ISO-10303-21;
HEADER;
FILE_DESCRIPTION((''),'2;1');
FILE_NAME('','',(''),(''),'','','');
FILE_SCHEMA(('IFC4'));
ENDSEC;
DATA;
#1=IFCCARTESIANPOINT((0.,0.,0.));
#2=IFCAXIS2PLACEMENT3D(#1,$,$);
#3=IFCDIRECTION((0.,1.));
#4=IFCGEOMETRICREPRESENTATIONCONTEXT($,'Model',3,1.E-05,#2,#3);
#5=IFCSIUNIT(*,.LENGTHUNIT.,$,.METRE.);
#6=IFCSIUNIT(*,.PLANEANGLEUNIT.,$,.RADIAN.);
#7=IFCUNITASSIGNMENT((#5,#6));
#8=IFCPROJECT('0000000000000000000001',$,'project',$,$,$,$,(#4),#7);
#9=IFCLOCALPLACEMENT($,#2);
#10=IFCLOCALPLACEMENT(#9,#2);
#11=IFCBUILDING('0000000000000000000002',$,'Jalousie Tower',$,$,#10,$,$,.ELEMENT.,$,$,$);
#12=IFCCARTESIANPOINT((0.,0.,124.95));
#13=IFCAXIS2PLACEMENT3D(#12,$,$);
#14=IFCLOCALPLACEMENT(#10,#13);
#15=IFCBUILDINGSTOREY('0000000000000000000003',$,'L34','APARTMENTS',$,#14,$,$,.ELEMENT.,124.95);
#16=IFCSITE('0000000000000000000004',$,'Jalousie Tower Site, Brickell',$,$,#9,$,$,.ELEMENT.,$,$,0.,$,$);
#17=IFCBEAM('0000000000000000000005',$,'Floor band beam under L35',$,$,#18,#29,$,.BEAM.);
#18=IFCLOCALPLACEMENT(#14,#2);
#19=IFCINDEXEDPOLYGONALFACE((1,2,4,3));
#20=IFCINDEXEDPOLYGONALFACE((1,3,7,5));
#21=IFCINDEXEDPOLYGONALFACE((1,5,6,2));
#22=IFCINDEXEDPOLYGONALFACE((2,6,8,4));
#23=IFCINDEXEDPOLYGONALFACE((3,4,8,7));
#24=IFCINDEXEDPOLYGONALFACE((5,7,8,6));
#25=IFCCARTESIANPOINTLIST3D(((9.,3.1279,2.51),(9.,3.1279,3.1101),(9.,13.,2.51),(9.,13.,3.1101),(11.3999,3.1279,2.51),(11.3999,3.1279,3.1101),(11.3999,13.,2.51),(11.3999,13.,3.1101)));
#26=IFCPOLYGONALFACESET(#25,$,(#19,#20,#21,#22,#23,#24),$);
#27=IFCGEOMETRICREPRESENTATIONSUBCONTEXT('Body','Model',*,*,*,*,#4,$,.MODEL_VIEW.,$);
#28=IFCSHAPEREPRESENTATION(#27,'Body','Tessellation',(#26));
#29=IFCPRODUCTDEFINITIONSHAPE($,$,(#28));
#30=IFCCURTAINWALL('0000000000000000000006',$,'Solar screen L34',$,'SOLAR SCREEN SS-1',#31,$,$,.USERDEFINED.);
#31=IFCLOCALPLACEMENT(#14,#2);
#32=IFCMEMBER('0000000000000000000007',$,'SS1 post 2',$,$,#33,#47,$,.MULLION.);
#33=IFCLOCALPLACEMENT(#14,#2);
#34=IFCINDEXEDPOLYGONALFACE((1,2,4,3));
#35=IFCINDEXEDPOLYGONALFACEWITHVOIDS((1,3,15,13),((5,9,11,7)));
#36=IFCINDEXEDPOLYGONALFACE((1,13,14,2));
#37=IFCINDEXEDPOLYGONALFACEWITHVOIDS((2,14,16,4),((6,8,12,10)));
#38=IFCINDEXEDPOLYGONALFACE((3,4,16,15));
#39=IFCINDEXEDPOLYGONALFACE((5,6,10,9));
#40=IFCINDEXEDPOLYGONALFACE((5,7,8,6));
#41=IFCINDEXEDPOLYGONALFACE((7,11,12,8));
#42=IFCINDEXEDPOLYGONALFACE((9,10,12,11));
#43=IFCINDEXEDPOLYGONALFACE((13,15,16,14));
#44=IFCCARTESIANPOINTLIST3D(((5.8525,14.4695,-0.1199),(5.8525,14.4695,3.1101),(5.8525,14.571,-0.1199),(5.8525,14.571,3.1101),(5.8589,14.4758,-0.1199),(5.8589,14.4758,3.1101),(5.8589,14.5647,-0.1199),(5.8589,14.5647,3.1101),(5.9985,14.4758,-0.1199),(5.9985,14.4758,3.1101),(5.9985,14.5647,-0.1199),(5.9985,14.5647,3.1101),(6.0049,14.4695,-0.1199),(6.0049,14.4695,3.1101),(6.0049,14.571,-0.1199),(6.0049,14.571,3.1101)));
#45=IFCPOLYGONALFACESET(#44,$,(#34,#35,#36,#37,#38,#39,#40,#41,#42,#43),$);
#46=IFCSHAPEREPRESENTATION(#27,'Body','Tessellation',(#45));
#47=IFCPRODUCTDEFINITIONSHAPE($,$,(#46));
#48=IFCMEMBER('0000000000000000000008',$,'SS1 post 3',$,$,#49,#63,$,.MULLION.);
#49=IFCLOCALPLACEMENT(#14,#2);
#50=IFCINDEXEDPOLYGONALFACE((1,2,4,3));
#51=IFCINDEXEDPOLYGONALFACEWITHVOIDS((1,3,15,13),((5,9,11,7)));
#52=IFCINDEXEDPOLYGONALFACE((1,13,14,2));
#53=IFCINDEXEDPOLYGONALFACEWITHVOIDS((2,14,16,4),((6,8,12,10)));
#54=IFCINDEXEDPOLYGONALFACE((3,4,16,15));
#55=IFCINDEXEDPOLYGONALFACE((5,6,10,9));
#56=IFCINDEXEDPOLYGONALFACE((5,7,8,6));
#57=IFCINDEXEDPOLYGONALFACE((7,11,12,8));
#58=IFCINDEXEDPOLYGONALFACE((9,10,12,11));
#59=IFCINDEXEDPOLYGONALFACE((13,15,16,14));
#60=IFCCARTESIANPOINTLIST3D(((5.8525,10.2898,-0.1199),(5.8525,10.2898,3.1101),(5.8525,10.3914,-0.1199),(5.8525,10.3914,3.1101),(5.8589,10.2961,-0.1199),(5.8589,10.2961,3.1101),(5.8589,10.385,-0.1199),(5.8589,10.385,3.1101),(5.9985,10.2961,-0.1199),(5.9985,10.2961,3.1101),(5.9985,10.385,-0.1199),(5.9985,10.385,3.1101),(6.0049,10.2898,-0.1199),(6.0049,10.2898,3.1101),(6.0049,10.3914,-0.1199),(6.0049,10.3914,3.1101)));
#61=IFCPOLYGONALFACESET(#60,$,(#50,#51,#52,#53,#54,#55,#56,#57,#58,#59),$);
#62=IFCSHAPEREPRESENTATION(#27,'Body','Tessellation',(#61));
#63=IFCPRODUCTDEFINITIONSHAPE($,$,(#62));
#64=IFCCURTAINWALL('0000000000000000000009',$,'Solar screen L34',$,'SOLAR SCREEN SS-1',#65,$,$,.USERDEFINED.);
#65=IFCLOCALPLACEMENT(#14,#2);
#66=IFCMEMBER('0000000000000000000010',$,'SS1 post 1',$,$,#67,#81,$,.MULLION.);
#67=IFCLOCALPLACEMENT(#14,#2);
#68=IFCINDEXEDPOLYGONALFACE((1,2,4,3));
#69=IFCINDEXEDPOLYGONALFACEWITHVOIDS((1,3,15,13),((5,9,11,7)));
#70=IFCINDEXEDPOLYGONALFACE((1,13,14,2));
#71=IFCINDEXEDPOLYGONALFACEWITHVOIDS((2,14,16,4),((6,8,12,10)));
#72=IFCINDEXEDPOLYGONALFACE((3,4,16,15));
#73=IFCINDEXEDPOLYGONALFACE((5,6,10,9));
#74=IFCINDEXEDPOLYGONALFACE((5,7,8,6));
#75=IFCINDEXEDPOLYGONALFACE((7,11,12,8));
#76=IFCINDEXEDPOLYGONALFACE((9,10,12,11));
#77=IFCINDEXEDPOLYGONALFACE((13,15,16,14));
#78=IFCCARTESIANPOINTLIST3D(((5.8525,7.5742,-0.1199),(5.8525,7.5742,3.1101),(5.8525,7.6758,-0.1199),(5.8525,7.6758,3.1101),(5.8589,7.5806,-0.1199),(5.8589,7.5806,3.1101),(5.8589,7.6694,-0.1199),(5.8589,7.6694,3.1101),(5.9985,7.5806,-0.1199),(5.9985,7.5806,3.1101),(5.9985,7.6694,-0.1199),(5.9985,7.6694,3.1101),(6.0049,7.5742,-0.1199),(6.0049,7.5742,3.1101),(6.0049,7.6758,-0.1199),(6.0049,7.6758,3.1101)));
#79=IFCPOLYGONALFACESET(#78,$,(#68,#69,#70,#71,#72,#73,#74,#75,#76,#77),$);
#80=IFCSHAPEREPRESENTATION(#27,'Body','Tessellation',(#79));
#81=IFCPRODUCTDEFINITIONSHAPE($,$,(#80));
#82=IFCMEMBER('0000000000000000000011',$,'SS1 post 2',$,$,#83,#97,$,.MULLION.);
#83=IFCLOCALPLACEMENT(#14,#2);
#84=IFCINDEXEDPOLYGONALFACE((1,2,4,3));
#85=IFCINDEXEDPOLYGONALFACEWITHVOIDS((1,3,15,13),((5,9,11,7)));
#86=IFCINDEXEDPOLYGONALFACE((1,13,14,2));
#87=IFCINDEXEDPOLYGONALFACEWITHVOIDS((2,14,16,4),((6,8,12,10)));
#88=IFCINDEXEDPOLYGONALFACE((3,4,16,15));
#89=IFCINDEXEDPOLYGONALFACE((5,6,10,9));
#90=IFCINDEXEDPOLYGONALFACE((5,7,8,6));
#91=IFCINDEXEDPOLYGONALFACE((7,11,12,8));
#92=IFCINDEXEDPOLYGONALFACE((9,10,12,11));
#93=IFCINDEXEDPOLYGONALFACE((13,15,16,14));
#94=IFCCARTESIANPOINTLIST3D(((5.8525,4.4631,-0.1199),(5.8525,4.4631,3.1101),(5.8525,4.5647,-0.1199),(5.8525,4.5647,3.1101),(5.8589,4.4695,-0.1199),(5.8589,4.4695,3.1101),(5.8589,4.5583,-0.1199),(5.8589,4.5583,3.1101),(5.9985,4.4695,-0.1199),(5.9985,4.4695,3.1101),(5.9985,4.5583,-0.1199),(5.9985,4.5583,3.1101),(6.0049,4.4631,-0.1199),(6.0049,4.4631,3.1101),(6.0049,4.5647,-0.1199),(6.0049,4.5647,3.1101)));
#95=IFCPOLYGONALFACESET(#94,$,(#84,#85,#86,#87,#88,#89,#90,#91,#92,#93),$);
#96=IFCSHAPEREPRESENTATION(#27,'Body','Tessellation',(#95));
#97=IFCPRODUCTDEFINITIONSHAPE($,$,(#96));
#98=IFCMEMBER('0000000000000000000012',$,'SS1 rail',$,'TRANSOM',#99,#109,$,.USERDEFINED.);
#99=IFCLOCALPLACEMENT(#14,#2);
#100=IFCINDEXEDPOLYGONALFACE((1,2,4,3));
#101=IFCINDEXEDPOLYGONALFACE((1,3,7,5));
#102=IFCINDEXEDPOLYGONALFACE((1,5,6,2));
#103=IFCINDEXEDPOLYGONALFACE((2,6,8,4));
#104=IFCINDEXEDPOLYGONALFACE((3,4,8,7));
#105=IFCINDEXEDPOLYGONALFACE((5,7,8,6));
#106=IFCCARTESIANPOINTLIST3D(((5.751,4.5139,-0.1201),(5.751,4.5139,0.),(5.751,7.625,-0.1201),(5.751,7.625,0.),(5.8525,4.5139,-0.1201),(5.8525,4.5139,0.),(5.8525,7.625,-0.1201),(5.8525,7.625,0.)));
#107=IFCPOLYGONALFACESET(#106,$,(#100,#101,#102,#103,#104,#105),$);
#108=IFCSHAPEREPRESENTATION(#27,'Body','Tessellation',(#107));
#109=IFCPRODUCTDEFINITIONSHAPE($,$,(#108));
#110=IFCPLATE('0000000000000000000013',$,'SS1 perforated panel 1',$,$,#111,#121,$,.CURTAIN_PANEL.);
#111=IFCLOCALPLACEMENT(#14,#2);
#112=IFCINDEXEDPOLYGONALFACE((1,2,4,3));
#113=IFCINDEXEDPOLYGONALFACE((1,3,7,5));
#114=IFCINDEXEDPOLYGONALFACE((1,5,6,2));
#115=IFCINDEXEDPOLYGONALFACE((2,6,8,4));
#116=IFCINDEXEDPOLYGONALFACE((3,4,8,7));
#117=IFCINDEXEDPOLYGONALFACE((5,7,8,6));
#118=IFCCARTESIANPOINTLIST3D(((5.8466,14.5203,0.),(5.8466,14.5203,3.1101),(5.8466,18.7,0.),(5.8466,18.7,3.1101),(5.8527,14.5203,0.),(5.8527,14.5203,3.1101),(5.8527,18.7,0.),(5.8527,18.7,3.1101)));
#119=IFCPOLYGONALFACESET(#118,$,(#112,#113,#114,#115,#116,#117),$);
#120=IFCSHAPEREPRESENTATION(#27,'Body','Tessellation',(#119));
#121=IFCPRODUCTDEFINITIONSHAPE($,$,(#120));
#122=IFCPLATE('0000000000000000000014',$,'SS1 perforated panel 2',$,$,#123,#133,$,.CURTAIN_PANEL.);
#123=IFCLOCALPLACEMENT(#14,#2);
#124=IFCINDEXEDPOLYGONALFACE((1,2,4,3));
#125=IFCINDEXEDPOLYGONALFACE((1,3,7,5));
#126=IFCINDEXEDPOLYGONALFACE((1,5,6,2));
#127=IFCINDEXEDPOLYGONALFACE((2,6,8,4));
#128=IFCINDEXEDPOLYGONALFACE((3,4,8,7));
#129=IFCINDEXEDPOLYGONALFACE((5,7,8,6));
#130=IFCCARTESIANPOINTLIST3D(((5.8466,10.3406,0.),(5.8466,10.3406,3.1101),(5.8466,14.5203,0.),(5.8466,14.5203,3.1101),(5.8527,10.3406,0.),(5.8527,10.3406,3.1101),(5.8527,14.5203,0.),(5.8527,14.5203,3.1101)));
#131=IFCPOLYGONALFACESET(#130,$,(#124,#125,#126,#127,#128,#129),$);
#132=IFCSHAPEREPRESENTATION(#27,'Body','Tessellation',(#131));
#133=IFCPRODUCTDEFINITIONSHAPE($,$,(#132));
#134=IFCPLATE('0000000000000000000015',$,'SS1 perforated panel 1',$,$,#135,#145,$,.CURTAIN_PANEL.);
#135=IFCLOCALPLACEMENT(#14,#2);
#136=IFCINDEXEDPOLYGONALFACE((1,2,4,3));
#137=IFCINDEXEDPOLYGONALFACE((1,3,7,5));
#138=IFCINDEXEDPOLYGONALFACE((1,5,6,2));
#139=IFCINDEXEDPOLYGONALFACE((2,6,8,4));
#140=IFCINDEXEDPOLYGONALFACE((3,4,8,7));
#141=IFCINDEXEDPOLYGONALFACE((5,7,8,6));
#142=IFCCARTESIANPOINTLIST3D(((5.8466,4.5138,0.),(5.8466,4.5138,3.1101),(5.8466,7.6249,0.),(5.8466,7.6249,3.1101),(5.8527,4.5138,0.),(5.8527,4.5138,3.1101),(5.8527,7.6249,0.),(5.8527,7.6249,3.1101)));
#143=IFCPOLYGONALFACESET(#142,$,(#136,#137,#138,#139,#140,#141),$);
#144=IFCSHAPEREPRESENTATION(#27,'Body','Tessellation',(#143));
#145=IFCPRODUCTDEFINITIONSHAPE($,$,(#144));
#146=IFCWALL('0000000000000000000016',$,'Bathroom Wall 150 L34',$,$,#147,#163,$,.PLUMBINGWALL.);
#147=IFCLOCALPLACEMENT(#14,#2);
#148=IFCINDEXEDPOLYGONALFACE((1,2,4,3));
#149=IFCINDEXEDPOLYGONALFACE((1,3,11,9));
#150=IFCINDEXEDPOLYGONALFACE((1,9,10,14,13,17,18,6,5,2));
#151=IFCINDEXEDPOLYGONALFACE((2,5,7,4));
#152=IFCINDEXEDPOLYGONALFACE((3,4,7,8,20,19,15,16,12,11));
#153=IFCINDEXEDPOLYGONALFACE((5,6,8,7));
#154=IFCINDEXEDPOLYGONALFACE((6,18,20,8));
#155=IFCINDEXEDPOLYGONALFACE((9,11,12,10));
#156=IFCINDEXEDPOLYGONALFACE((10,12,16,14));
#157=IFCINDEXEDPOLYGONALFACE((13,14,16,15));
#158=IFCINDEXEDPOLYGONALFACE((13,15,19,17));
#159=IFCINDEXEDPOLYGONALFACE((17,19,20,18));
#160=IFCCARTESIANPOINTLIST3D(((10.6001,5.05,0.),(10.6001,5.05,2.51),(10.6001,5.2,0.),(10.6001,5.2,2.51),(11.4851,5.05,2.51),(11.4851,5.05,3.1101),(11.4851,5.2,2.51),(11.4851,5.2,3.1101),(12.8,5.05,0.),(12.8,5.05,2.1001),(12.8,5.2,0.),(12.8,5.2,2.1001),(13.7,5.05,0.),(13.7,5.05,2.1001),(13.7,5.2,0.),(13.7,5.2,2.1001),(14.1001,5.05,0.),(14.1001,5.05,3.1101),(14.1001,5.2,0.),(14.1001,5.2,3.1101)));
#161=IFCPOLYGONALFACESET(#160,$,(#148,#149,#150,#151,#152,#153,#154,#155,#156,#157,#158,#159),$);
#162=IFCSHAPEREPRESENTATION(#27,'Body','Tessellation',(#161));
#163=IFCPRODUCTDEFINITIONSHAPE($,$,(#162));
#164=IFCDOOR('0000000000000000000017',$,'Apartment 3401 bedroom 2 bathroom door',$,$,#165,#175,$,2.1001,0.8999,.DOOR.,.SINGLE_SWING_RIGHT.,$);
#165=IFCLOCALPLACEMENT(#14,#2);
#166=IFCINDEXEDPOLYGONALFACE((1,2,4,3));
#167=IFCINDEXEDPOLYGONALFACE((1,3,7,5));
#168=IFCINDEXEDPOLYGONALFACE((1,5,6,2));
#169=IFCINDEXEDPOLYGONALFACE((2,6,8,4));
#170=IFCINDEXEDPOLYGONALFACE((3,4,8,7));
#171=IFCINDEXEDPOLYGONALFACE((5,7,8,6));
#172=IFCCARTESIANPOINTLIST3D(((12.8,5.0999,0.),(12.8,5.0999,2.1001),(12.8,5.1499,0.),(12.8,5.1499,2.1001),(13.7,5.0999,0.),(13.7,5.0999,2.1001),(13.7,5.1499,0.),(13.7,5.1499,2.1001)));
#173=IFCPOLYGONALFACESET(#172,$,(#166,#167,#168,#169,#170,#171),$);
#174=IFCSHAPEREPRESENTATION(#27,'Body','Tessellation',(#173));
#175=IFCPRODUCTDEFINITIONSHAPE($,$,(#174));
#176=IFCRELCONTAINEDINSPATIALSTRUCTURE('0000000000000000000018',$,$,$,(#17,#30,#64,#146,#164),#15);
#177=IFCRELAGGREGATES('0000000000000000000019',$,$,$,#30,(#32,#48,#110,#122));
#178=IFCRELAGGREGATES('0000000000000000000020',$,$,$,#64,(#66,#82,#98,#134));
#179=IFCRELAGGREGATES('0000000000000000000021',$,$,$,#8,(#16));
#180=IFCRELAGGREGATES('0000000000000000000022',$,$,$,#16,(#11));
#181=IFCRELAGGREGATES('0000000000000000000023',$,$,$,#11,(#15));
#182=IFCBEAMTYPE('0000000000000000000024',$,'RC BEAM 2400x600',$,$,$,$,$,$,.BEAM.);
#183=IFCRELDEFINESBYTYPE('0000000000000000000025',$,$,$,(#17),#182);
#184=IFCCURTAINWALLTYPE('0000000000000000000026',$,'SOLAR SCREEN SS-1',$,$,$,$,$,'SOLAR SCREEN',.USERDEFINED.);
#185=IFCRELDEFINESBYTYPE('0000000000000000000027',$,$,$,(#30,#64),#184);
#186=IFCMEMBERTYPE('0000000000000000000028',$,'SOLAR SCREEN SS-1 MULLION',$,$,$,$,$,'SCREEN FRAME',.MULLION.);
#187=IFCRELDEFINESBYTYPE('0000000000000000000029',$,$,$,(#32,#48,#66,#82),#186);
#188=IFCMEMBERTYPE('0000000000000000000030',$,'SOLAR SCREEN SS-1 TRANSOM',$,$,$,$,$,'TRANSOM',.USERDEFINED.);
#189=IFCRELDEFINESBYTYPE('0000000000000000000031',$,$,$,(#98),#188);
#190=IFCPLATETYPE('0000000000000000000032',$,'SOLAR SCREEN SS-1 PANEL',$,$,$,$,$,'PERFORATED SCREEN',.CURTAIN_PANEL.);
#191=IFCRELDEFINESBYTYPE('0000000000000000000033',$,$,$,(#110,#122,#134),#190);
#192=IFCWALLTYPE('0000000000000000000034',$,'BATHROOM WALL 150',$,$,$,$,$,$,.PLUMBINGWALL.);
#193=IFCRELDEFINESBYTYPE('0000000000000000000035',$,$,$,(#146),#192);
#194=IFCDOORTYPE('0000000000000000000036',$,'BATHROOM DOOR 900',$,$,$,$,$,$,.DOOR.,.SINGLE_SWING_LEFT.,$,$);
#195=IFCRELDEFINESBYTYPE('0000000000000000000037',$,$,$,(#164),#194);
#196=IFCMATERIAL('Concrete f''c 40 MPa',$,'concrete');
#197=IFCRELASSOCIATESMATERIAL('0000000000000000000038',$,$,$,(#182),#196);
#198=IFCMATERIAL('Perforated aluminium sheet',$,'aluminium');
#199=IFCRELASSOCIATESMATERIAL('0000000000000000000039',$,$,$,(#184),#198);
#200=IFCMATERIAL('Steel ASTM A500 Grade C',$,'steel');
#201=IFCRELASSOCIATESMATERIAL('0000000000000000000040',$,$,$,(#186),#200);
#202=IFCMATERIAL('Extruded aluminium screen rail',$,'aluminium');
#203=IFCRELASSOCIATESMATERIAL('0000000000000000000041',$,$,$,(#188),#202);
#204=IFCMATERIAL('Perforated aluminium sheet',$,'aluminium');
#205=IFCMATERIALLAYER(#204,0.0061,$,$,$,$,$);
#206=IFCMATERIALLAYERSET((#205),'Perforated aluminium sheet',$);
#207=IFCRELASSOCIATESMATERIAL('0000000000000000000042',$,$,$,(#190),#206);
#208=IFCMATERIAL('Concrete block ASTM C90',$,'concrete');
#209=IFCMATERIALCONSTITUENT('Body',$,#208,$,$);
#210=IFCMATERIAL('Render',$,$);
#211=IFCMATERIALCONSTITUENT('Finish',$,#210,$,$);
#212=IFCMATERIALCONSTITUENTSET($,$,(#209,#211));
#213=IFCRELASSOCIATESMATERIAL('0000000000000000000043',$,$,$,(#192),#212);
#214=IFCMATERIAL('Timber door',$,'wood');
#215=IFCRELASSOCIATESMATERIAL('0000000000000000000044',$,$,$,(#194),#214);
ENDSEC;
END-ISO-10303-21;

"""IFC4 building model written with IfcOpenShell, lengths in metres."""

from ifc_helpers import new_model, si_unit, direction, frame, frame_2d, origin, origin_2d, place, context, subcontext, project, spatial, polyline, rectangle, hollow_rectangle, outline, extrude, material, layer, layer_set, constituent, constituent_set, material_profile, profile_set, type_object, element, fill, aggregate, save


model = new_model("IFC4")

# Units and contexts
model_context = context("Model", 3, precision=1e-05, world=origin(), true_north=direction((0.0, 1.0)))
body_context = subcontext(model_context, "Body", "Model", "MODEL_VIEW")
ifc_project = project(units=[si_unit("LENGTHUNIT", "METRE"), si_unit("PLANEANGLEUNIT", "RADIAN")], contexts=[model_context])

# Site, building, storey
site_placement = place(None, origin())
site = spatial("IfcSite", under=ifc_project, at=site_placement, Name="Jalousie Tower Site, Brickell", CompositionType="ELEMENT", RefElevation=0.0)
building_placement = place(site_placement, origin())
building = spatial("IfcBuilding", under=site, at=building_placement, Name="Jalousie Tower", CompositionType="ELEMENT")
storey_placement = place(building_placement, frame((0.0, 0.0, 124.95)))
storey = spatial("IfcBuildingStorey", under=building, at=storey_placement, Name="L34", Description="APARTMENTS", CompositionType="ELEMENT", Elevation=124.95)

# Beam
ifc_material_1 = material(Name="Concrete f'c 40 MPa", Category="concrete")
ifc_material_profile_1 = material_profile(ifc_material_1, rectangle(XDim=2.3999, YDim=0.6001, at=origin_2d()), Name="RC 2400x600")
ifc_profile_set_1 = profile_set([ifc_material_profile_1], Name="Concrete f'c 40 MPa")
beam_type_1 = type_object("IfcBeamType", Name="RC BEAM 2400x600", PredefinedType="BEAM", material=ifc_profile_set_1)
beam_1_placement = place(storey_placement, frame((10.2, 13.0, 2.8101), z_axis=(0.0, -1.0, 0.0), x_axis=(1.0, 0.0, 0.0)))
element("IfcBeam", 1, at=beam_1_placement, inside=storey, type_object=beam_type_1, Name="Floor band beam under L35", PredefinedType="BEAM", context=body_context, shape_type="SweptSolid", body=[
    extrude(rectangle(XDim=2.3999, YDim=0.6001, at=origin_2d()), origin(), (0.0, 0.0, 1.0), 9.8721),
])

# Curtain walls, members
ifc_material_2 = material(Name="Perforated aluminium sheet", Category="aluminium")
curtain_wall_type = type_object("IfcCurtainWallType", Name="SOLAR SCREEN SS-1", ElementType="SOLAR SCREEN", PredefinedType="USERDEFINED", material=ifc_material_2)
curtain_wall_1_placement = place(storey_placement, origin())
curtain_wall_1 = element("IfcCurtainWall", 2, at=curtain_wall_1_placement, inside=storey, type_object=curtain_wall_type, Name="Solar screen L34", ObjectType="SOLAR SCREEN SS-1", PredefinedType="USERDEFINED")
ifc_material_3 = material(Name="Steel ASTM A500 Grade C", Category="steel")
ifc_material_profile_2 = material_profile(ifc_material_3, hollow_rectangle(XDim=0.1016, YDim=0.1523, WallThickness=0.0063, at=origin_2d()), Name="HSS6X4X1/4")
ifc_profile_set_2 = profile_set([ifc_material_profile_2], Name="Steel ASTM A500 Grade C")
member_type_1 = type_object("IfcMemberType", Name="SOLAR SCREEN SS-1 MULLION", ElementType="SCREEN FRAME", PredefinedType="MULLION", material=ifc_profile_set_2)
member_1_placement = place(storey_placement, frame((5.9287, 14.5203, -0.1199), z_axis=(0.0, 0.0, 1.0), x_axis=(0.0, -1.0, 0.0)))
member_1 = element("IfcMember", 3, at=member_1_placement, type_object=member_type_1, Name="SS1 post 2", PredefinedType="MULLION", context=body_context, shape_type="SweptSolid", body=[
    extrude(hollow_rectangle(XDim=0.1016, YDim=0.1523, WallThickness=0.0063, at=origin_2d()), origin(), (0.0, 0.0, 1.0), 3.23),
])
member_2_placement = place(storey_placement, frame((5.9287, 10.3406, -0.1199), z_axis=(0.0, 0.0, 1.0), x_axis=(0.0, -1.0, 0.0)))
member_2 = element("IfcMember", 4, at=member_2_placement, type_object=member_type_1, Name="SS1 post 3", PredefinedType="MULLION", context=body_context, shape_type="SweptSolid", body=[
    extrude(hollow_rectangle(XDim=0.1016, YDim=0.1523, WallThickness=0.0063, at=origin_2d()), origin(), (0.0, 0.0, 1.0), 3.23),
])
curtain_wall_2_placement = place(storey_placement, origin())
curtain_wall_2 = element("IfcCurtainWall", 5, at=curtain_wall_2_placement, inside=storey, type_object=curtain_wall_type, Name="Solar screen L34", ObjectType="SOLAR SCREEN SS-1", PredefinedType="USERDEFINED")
member_3_placement = place(storey_placement, frame((5.9287, 7.625, -0.1199), z_axis=(0.0, 0.0, 1.0), x_axis=(0.0, -1.0, 0.0)))
member_3 = element("IfcMember", 6, at=member_3_placement, type_object=member_type_1, Name="SS1 post 1", PredefinedType="MULLION", context=body_context, shape_type="SweptSolid", body=[
    extrude(hollow_rectangle(XDim=0.1016, YDim=0.1523, WallThickness=0.0063, at=origin_2d()), origin(), (0.0, 0.0, 1.0), 3.23),
])
member_4_placement = place(storey_placement, frame((5.9287, 4.5139, -0.1199), z_axis=(0.0, 0.0, 1.0), x_axis=(0.0, -1.0, 0.0)))
member_4 = element("IfcMember", 7, at=member_4_placement, type_object=member_type_1, Name="SS1 post 2", PredefinedType="MULLION", context=body_context, shape_type="SweptSolid", body=[
    extrude(hollow_rectangle(XDim=0.1016, YDim=0.1523, WallThickness=0.0063, at=origin_2d()), origin(), (0.0, 0.0, 1.0), 3.23),
])
ifc_material_4 = material(Name="Extruded aluminium screen rail", Category="aluminium")
ifc_material_profile_3 = material_profile(ifc_material_4, rectangle(XDim=0.1016, YDim=0.1201, at=origin_2d()), Name="RAIL 102x120")
ifc_profile_set_3 = profile_set([ifc_material_profile_3], Name="Extruded aluminium screen rail")
member_type_2 = type_object("IfcMemberType", Name="SOLAR SCREEN SS-1 TRANSOM", ElementType="TRANSOM", PredefinedType="USERDEFINED", material=ifc_profile_set_3)
member_5_placement = place(storey_placement, frame((5.8018, 7.625, -0.0601), z_axis=(0.0, -1.0, 0.0), x_axis=(1.0, 0.0, 0.0)))
member_5 = element("IfcMember", 8, at=member_5_placement, type_object=member_type_2, Name="SS1 rail", ObjectType="TRANSOM", PredefinedType="USERDEFINED", context=body_context, shape_type="SweptSolid", body=[
    extrude(rectangle(XDim=0.1016, YDim=0.1201, at=origin_2d()), origin(), (0.0, 0.0, 1.0), 3.1111),
])

# Plates
ifc_material_5 = material(Name="Perforated aluminium sheet", Category="aluminium")
ifc_layer_1 = layer(ifc_material_5, 0.0061)
ifc_layer_set_1 = layer_set([ifc_layer_1], Name="Perforated aluminium sheet")
plate_type = type_object("IfcPlateType", Name="SOLAR SCREEN SS-1 PANEL", ElementType="PERFORATED SCREEN", PredefinedType="CURTAIN_PANEL", material=ifc_layer_set_1)
plate_1_placement = place(storey_placement, frame((5.8496, 16.6101, 0.0), z_axis=(0.0, 0.0, 1.0), x_axis=(0.0, -1.0, 0.0)))
plate_1 = element("IfcPlate", 9, at=plate_1_placement, type_object=plate_type, Name="SS1 perforated panel 1", PredefinedType="CURTAIN_PANEL", context=body_context, shape_type="SweptSolid", body=[
    extrude(rectangle(XDim=4.1797, YDim=0.0061, at=origin_2d()), origin(), (0.0, 0.0, 1.0), 3.1101),
])
plate_2_placement = place(storey_placement, frame((5.8496, 12.4304, 0.0), z_axis=(0.0, 0.0, 1.0), x_axis=(0.0, -1.0, 0.0)))
plate_2 = element("IfcPlate", 10, at=plate_2_placement, type_object=plate_type, Name="SS1 perforated panel 2", PredefinedType="CURTAIN_PANEL", context=body_context, shape_type="SweptSolid", body=[
    extrude(rectangle(XDim=4.1797, YDim=0.0061, at=origin_2d()), origin(), (0.0, 0.0, 1.0), 3.1101),
])
aggregate(curtain_wall_1, [member_1, member_2, plate_1, plate_2])
plate_3_placement = place(storey_placement, frame((5.8496, 6.0693, 0.0), z_axis=(0.0, 0.0, 1.0), x_axis=(0.0, -1.0, 0.0)))
plate_3 = element("IfcPlate", 11, at=plate_3_placement, type_object=plate_type, Name="SS1 perforated panel 1", PredefinedType="CURTAIN_PANEL", context=body_context, shape_type="SweptSolid", body=[
    extrude(rectangle(XDim=3.1111, YDim=0.0061, at=origin_2d()), origin(), (0.0, 0.0, 1.0), 3.1101),
])
aggregate(curtain_wall_2, [member_3, member_4, member_5, plate_3])

# Wall, opening, door
ifc_material_6 = material(Name="Concrete block ASTM C90", Category="concrete")
ifc_constituent_1 = constituent(ifc_material_6, Name="Body")
ifc_material_7 = material(Name="Render")
ifc_constituent_2 = constituent(ifc_material_7, Name="Finish")
ifc_constituent_set_1 = constituent_set(constituents=[ifc_constituent_1, ifc_constituent_2])
wall_type_1 = type_object("IfcWallType", Name="BATHROOM WALL 150", PredefinedType="PLUMBINGWALL", material=ifc_constituent_set_1)
wall_1_placement = place(storey_placement, frame((10.6001, 5.125, 0.0), z_axis=(0.0, 0.0, 1.0), x_axis=(1.0, 0.0, 0.0)))
wall_1 = element("IfcWall", 12, at=wall_1_placement, inside=storey, type_object=wall_type_1, Name="Bathroom Wall 150 L34", PredefinedType="PLUMBINGWALL", context=body_context, shape_type="SweptSolid", body=[
    extrude(outline(polyline([(0.0, 0.0), (3.5, 0.0), (3.5, 3.1101), (0.885, 3.1101), (0.885, 2.51), (0.0, 2.51), (0.0, 3.1101), (0.0, 0.0)])), frame((0.0, 0.075, 0.0), z_axis=(0.0, -1.0, 0.0), x_axis=(1.0, 0.0, 0.0)), (0.0, 0.0, 1.0), 0.1499),
])
opening_1_placement = place(wall_1_placement, frame((2.2, 0.0, 0.0)))
opening_1 = element("IfcOpeningElement", 13, at=opening_1_placement, cuts=wall_1, PredefinedType="OPENING", context=body_context, shape_type="SweptSolid", body=[
    extrude(rectangle(XDim=0.8999, YDim=2.1001, at=frame_2d((0.45, 1.05))), frame((0.0, 0.085, 0.0), z_axis=(0.0, -1.0, 0.0), x_axis=(1.0, 0.0, 0.0)), (0.0, 0.0, 1.0), 0.1699),
])
ifc_material_8 = material(Name="Timber door", Category="wood")
door_type_1 = type_object("IfcDoorType", Name="BATHROOM DOOR 900", OperationType="SINGLE_SWING_LEFT", PredefinedType="DOOR", material=ifc_material_8)
door_1_placement = place(opening_1_placement, origin())
door_1 = element("IfcDoor", 14, at=door_1_placement, inside=storey, type_object=door_type_1, Name="Apartment 3401 bedroom 2 bathroom door", OperationType="SINGLE_SWING_RIGHT", OverallHeight=2.1001, OverallWidth=0.8999, PredefinedType="DOOR", context=body_context, shape_type="SweptSolid", body=[
    extrude(rectangle(XDim=0.8999, YDim=2.1001, at=frame_2d((0.45, 1.05))), frame((0.0, 0.0249, 0.0), z_axis=(0.0, -1.0, 0.0), x_axis=(1.0, 0.0, 0.0)), (0.0, 0.0, 1.0), 0.05),
])
fill(opening_1, door_1)

save(model, "model.ifc")
